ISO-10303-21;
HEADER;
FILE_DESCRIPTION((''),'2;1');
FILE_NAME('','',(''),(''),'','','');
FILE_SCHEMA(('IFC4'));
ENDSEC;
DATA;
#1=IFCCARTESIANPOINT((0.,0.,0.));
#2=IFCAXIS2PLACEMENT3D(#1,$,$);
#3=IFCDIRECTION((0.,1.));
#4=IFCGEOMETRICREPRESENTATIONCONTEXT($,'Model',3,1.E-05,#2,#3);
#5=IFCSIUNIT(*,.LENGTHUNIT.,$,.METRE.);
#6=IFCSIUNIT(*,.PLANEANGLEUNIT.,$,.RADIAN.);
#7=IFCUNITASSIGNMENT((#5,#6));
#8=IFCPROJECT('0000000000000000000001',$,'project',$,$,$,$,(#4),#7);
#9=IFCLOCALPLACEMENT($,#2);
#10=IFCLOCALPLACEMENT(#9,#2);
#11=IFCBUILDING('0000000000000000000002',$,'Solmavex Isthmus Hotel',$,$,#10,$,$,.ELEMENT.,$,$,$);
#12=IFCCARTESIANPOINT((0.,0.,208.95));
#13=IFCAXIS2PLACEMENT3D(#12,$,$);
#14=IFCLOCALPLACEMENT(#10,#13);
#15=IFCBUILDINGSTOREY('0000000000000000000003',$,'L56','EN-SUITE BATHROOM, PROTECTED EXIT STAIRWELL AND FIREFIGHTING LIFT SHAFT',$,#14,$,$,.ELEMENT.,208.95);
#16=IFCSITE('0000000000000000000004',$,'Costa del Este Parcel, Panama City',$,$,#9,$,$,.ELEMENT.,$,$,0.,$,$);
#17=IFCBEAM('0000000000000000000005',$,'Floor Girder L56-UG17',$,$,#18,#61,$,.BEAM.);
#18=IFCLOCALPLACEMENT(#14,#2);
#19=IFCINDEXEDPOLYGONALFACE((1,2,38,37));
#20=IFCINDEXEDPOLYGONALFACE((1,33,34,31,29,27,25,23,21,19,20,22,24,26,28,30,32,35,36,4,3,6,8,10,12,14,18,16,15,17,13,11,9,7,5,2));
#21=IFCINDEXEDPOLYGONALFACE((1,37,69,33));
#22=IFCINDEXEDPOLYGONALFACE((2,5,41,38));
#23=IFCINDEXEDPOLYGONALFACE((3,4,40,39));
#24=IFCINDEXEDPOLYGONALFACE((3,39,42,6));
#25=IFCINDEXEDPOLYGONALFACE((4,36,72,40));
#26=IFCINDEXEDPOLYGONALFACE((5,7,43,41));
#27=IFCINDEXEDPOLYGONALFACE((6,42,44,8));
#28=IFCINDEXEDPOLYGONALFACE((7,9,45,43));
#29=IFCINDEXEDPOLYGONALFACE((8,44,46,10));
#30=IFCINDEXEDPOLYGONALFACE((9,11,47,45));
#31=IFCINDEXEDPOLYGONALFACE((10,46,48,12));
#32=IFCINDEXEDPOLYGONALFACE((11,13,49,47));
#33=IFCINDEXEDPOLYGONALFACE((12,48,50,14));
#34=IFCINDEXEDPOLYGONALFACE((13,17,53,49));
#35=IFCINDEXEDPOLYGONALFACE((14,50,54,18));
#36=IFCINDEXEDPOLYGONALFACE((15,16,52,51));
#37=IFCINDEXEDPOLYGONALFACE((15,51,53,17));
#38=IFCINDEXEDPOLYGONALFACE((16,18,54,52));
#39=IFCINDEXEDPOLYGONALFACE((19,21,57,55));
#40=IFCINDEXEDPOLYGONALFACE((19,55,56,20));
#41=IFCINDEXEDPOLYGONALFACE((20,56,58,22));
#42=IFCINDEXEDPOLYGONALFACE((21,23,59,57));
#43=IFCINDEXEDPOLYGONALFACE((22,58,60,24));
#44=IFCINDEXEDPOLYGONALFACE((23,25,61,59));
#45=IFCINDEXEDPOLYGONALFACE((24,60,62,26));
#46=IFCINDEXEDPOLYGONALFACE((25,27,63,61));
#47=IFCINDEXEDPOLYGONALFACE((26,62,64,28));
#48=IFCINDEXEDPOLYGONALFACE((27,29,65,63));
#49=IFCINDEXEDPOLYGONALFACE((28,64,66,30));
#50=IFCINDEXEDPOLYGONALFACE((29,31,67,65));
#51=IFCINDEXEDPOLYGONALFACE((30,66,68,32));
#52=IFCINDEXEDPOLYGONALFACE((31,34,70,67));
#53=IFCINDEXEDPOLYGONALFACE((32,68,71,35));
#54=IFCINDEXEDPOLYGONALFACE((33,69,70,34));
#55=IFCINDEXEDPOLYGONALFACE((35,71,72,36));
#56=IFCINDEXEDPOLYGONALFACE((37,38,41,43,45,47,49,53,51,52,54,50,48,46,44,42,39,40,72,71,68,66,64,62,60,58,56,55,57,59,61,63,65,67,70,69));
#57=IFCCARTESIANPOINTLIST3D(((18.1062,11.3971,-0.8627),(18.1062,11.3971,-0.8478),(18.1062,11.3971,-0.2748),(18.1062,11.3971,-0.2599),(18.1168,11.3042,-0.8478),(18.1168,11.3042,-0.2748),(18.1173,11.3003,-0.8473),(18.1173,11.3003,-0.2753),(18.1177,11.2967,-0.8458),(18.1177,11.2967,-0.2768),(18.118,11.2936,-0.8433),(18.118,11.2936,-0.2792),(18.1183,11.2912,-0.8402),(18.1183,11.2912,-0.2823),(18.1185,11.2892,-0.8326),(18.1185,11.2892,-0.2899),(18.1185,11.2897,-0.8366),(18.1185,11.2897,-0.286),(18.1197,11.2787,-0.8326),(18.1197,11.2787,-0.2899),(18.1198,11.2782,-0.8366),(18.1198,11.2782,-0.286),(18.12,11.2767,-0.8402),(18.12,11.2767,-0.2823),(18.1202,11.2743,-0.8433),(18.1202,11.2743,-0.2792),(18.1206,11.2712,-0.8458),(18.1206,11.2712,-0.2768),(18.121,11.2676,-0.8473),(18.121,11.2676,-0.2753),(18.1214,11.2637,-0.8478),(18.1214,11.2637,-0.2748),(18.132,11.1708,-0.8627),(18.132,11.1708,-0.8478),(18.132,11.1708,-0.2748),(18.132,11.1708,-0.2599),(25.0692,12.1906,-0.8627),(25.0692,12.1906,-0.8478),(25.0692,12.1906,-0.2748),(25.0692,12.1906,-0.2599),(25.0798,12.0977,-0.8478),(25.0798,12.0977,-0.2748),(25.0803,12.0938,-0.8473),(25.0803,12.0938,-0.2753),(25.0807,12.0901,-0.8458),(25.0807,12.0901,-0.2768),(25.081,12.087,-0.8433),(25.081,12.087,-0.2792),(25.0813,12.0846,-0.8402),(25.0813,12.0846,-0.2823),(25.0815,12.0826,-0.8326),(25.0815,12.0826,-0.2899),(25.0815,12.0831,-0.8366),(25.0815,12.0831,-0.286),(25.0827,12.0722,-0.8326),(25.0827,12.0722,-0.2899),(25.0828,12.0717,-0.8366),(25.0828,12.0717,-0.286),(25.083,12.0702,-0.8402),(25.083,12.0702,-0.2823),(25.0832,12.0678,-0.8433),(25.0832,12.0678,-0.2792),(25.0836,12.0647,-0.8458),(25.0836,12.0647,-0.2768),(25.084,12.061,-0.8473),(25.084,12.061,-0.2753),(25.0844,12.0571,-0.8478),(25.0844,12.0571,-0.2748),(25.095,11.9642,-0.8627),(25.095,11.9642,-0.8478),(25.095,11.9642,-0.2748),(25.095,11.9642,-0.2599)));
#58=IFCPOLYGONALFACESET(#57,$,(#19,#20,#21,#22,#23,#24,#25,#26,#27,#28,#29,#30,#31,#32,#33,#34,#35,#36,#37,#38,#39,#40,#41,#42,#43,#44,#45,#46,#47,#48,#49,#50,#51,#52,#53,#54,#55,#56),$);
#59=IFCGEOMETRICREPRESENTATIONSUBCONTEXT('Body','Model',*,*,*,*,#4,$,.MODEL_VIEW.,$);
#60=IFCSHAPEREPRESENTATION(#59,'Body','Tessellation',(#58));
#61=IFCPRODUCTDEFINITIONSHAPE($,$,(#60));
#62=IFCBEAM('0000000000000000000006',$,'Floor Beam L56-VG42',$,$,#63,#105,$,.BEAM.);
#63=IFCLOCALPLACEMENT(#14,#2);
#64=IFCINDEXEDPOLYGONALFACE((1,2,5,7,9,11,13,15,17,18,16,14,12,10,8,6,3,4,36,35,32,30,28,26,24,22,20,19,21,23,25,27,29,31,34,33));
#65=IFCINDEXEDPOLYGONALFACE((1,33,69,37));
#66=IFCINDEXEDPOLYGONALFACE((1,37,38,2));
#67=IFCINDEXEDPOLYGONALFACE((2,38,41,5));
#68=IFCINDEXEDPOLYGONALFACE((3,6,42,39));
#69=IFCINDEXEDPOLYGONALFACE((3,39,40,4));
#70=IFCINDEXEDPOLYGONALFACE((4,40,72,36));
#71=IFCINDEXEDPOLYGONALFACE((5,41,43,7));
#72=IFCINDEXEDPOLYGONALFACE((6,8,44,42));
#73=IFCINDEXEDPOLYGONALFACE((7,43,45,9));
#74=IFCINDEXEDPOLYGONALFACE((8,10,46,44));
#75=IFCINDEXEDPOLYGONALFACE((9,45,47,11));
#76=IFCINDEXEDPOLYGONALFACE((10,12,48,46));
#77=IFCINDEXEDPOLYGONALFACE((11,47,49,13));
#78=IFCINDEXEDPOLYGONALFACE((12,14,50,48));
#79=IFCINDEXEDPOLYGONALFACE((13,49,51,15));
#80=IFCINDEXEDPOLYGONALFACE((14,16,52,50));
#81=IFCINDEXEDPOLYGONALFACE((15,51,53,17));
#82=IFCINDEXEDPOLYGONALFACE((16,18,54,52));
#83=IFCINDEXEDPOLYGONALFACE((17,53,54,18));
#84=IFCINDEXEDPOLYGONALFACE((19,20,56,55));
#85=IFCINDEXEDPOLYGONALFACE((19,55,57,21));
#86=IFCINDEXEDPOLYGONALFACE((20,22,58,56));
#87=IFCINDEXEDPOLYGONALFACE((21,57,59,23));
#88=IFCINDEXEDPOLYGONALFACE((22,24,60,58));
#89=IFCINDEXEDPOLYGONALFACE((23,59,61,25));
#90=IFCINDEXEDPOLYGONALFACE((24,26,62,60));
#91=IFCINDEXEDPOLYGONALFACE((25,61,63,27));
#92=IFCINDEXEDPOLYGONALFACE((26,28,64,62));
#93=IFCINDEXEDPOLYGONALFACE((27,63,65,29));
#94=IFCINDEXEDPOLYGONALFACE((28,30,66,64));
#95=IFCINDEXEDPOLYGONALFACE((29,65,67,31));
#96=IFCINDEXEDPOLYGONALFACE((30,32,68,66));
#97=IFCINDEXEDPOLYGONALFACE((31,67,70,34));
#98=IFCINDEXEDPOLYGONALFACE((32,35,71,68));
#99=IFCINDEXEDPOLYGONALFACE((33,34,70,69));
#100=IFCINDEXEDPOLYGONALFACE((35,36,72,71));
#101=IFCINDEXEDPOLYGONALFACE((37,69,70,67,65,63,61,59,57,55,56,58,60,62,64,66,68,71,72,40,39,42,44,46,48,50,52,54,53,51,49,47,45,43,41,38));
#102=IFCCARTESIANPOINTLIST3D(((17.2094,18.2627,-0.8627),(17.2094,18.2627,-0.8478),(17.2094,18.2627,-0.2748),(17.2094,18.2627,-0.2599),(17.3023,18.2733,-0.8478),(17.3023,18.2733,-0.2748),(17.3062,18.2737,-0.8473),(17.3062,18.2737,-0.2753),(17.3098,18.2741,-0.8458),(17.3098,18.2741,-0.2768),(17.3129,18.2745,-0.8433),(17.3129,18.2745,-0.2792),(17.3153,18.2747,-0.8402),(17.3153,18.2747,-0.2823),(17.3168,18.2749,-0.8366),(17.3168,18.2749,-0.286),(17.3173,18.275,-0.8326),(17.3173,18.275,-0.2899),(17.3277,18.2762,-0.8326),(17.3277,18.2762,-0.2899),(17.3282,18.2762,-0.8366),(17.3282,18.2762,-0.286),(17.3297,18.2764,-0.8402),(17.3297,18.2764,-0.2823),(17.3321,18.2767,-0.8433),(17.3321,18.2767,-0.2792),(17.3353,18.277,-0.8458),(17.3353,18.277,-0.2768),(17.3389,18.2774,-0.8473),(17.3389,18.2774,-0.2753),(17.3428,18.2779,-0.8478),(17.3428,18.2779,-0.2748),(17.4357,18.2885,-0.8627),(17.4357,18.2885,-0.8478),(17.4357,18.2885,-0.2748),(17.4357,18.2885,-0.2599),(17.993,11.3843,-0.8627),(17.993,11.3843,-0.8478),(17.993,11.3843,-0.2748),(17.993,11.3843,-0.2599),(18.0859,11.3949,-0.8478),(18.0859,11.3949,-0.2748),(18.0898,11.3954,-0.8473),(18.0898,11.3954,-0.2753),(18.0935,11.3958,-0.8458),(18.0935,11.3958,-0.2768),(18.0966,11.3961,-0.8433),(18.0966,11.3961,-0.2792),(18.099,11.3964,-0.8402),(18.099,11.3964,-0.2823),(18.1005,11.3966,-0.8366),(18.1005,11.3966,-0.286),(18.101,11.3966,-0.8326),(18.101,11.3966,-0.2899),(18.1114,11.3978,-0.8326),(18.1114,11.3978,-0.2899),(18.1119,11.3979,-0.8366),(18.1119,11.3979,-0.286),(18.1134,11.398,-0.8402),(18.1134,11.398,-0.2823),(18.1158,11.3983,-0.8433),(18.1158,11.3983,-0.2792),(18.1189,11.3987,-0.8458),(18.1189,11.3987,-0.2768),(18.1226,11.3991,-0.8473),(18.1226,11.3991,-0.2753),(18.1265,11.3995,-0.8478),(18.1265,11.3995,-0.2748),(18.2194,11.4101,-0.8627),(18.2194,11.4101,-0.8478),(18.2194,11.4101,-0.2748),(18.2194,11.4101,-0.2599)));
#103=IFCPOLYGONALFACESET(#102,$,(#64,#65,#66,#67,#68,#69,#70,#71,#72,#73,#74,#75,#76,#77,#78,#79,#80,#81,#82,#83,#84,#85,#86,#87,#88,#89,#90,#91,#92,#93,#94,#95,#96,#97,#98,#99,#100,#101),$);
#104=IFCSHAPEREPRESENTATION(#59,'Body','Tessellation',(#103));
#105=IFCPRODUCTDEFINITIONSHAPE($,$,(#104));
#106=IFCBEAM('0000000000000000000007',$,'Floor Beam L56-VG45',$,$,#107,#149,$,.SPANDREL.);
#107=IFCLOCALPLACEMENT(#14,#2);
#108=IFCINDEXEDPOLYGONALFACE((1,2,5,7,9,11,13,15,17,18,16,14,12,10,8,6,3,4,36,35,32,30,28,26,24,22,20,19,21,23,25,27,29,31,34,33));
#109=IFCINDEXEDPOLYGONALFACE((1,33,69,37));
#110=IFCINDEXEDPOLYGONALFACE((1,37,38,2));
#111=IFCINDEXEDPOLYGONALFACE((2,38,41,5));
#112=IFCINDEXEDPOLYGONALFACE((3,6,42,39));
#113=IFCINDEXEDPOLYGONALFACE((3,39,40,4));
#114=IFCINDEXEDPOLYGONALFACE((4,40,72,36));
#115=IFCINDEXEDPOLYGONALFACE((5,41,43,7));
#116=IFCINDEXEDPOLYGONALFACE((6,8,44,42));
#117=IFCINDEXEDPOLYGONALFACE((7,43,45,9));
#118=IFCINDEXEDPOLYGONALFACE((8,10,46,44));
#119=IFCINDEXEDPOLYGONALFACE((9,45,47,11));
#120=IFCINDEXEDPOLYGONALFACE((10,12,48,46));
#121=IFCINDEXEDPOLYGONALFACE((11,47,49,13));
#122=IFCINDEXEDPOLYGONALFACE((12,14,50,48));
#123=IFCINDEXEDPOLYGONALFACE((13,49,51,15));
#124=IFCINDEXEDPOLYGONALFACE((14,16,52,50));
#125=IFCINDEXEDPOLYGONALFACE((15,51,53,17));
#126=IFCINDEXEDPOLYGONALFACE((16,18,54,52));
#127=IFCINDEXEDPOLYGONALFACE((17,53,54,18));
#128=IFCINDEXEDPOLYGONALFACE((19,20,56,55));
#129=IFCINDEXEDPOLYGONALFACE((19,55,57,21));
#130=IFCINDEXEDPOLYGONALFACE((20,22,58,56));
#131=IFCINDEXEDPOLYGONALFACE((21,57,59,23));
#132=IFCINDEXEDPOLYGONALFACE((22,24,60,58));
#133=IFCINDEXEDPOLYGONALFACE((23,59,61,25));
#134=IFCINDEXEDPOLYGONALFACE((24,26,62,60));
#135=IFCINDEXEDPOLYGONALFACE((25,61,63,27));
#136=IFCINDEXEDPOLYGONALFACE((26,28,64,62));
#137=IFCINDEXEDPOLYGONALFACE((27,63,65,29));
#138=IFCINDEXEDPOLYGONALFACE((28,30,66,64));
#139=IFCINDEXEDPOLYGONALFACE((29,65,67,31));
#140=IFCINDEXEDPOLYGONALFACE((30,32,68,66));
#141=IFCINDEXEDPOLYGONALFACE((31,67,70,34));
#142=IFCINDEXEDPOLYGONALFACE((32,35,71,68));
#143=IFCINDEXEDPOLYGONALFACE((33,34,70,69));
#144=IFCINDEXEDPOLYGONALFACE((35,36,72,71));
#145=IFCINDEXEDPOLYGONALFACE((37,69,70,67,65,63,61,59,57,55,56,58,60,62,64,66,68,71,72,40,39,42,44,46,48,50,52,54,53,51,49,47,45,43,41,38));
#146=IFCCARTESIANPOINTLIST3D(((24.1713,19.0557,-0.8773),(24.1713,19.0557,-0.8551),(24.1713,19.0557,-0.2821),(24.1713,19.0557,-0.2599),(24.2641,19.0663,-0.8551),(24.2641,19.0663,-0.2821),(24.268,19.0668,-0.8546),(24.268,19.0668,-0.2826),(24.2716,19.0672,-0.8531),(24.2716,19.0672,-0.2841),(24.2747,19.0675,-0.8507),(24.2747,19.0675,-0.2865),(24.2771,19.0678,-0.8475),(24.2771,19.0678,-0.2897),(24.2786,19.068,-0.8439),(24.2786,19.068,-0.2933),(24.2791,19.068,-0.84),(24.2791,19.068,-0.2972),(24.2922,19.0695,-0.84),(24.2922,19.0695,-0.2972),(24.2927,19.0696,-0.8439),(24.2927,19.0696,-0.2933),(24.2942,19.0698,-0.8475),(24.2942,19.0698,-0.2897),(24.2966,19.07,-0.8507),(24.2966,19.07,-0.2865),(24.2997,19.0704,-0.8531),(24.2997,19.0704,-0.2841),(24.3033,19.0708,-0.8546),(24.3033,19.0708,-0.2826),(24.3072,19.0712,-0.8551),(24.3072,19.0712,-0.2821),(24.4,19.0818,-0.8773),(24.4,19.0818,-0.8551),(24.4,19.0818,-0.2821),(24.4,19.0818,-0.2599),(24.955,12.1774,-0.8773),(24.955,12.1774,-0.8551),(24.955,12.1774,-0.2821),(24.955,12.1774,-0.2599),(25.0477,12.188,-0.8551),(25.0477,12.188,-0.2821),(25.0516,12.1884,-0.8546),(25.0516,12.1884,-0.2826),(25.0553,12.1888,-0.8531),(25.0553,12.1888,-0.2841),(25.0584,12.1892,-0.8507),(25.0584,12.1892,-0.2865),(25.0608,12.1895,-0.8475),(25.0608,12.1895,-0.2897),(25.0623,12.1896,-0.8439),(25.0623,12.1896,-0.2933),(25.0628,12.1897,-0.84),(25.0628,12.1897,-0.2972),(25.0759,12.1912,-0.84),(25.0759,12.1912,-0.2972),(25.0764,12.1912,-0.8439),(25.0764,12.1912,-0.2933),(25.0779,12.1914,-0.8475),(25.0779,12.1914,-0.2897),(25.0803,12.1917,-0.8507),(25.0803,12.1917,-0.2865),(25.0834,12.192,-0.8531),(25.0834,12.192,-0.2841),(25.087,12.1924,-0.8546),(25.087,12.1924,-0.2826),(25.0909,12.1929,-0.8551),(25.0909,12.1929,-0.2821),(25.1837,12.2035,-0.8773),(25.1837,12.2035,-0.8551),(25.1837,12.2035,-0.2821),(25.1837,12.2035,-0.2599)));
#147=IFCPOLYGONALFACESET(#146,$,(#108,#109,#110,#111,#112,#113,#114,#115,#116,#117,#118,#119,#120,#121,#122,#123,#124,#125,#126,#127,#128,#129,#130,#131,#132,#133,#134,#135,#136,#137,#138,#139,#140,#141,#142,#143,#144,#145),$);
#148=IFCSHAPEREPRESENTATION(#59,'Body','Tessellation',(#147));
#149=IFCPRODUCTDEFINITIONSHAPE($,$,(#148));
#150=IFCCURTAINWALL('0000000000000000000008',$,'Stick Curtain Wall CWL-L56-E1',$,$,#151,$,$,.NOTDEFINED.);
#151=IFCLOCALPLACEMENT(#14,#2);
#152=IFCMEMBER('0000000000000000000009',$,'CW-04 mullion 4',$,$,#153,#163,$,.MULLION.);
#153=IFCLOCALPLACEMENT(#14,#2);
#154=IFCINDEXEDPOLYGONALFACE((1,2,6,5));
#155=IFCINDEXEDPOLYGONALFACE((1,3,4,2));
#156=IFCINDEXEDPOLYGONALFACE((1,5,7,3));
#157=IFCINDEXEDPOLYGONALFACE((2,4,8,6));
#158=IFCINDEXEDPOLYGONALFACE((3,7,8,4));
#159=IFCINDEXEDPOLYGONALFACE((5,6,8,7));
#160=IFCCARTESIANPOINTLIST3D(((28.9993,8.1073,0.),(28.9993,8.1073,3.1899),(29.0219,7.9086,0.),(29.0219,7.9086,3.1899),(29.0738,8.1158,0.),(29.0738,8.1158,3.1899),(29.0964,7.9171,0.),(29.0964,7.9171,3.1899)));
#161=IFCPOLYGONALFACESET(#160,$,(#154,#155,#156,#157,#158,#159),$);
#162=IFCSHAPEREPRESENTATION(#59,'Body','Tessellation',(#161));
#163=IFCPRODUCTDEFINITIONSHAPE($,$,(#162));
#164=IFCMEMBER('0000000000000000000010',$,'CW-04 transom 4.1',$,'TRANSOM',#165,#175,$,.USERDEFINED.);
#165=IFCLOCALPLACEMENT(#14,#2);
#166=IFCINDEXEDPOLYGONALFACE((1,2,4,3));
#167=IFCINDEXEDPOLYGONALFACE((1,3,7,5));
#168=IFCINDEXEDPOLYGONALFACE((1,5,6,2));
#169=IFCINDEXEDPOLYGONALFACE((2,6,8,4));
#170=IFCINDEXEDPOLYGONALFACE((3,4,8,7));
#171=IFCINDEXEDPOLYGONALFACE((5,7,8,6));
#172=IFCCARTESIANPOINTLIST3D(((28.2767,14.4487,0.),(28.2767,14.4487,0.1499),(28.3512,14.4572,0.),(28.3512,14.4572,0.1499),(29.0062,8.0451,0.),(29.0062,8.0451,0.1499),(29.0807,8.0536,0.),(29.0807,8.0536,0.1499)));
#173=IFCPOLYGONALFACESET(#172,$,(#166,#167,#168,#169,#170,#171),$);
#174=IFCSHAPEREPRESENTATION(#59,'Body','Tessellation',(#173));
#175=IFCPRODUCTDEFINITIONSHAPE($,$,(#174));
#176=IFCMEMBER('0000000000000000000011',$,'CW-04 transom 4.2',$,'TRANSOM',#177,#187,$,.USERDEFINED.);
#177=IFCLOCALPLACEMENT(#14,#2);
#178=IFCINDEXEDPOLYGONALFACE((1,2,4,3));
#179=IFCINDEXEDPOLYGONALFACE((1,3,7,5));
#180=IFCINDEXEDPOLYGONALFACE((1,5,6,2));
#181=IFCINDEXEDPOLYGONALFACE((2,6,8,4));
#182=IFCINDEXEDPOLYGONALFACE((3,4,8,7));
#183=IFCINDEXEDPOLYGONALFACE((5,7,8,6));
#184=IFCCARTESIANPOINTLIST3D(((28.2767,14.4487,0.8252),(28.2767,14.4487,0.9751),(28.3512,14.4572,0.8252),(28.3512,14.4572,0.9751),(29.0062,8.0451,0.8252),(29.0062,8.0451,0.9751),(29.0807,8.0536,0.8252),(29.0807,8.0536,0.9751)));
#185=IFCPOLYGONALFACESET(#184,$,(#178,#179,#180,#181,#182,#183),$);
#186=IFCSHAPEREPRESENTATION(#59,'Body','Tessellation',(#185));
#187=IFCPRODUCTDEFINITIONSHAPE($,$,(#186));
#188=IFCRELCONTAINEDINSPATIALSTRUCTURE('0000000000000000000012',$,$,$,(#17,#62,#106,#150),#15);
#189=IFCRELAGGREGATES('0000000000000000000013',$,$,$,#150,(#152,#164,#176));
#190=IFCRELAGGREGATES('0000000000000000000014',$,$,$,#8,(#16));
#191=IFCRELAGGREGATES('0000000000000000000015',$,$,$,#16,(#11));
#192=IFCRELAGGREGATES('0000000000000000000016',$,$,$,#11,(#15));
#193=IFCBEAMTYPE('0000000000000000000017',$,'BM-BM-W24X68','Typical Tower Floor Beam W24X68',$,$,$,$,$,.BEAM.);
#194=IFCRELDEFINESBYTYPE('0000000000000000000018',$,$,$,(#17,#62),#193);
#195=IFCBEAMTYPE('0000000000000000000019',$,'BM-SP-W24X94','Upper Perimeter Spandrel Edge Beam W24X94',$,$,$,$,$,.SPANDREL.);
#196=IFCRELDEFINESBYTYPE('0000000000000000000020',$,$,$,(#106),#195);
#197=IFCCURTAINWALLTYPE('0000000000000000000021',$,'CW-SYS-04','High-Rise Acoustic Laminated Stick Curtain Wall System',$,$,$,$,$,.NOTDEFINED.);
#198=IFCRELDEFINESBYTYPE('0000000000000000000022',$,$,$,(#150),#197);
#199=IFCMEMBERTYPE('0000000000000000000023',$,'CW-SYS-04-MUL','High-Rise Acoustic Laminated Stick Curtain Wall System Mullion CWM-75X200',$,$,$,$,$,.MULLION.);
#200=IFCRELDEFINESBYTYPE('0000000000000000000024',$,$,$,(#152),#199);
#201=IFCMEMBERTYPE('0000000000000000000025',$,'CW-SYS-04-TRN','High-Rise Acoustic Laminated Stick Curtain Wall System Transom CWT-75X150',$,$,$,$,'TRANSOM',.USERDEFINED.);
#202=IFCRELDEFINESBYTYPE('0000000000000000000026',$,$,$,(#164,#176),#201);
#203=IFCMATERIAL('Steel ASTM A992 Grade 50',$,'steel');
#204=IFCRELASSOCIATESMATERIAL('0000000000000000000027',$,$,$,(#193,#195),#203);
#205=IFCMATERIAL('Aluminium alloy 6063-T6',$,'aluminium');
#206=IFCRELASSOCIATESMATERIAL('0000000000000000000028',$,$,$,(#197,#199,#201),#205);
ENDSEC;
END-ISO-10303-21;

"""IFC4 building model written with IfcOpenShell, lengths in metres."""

from ifc_helpers import new_model, si_unit, direction, frame, origin, origin_2d, place, context, subcontext, project, spatial, rectangle, i_section, extrude, material, material_profile, profile_set, type_object, element, aggregate, save


model = new_model("IFC4")

# Units and contexts
model_context = context("Model", 3, precision=1e-05, world=origin(), true_north=direction((0.0, 1.0)))
body_context = subcontext(model_context, "Body", "Model", "MODEL_VIEW")
ifc_project = project(units=[si_unit("LENGTHUNIT", "METRE"), si_unit("PLANEANGLEUNIT", "RADIAN")], contexts=[model_context])

# Site, building, storey
site_placement = place(None, origin())
site = spatial("IfcSite", under=ifc_project, at=site_placement, Name="Costa del Este Parcel, Panama City", CompositionType="ELEMENT", RefElevation=0.0)
building_placement = place(site_placement, origin())
building = spatial("IfcBuilding", under=site, at=building_placement, Name="Solmavex Isthmus Hotel", CompositionType="ELEMENT")
storey_placement = place(building_placement, frame((0.0, 0.0, 208.95)))
storey = spatial("IfcBuildingStorey", under=building, at=storey_placement, Name="L56", Description="EN-SUITE BATHROOM, PROTECTED EXIT STAIRWELL AND FIREFIGHTING LIFT SHAFT", CompositionType="ELEMENT", Elevation=208.95)

# Beams
ifc_material_1 = material(Name="Steel ASTM A992 Grade 50", Category="steel")
ifc_material_profile_1 = material_profile(ifc_material_1, i_section(OverallWidth=0.2278, OverallDepth=0.6028, WebThickness=0.0105, FlangeThickness=0.0149, FilletRadius=0.0151, at=origin_2d()), Name="W24X68")
ifc_profile_set_1 = profile_set([ifc_material_profile_1], Name="Steel ASTM A992 Grade 50")
beam_type_1 = type_object("IfcBeamType", Name="BM-BM-W24X68", Description="Typical Tower Floor Beam W24X68", PredefinedType="BEAM", material=ifc_profile_set_1)
beam_1_placement = place(storey_placement, frame((18.1191, 11.2839, -0.5613), z_axis=(0.99357, 0.113222, 0.0), x_axis=(-0.113222, 0.99357, 0.0)))
element("IfcBeam", 1, at=beam_1_placement, inside=storey, type_object=beam_type_1, Name="Floor Girder L56-UG17", PredefinedType="BEAM", context=body_context, shape_type="SweptSolid", body=[
    extrude(i_section(OverallWidth=0.2278, OverallDepth=0.6028, WebThickness=0.0105, FlangeThickness=0.0149, FilletRadius=0.0151, at=origin_2d()), origin(), (0.0, 0.0, 1.0), 7.0081),
])
beam_2_placement = place(storey_placement, frame((18.1062, 11.3972, -0.5613), z_axis=(-0.113202, 0.993572, 0.0), x_axis=(-0.993572, -0.113202, 0.0)))
element("IfcBeam", 2, at=beam_2_placement, inside=storey, type_object=beam_type_1, Name="Floor Beam L56-VG42", PredefinedType="BEAM", context=body_context, shape_type="SweptSolid", body=[
    extrude(i_section(OverallWidth=0.2278, OverallDepth=0.6028, WebThickness=0.0105, FlangeThickness=0.0149, FilletRadius=0.0151, at=origin_2d()), origin(), (0.0, 0.0, 1.0), 6.9229),
])
ifc_material_profile_2 = material_profile(ifc_material_1, i_section(OverallWidth=0.2302, OverallDepth=0.6174, WebThickness=0.0132, FlangeThickness=0.0222, FilletRadius=0.0151, at=origin_2d()), Name="W24X94")
ifc_profile_set_2 = profile_set([ifc_material_profile_2], Name="Steel ASTM A992 Grade 50")
beam_type_2 = type_object("IfcBeamType", Name="BM-SP-W24X94", Description="Upper Perimeter Spandrel Edge Beam W24X94", PredefinedType="SPANDREL", material=ifc_profile_set_2)
beam_3_placement = place(storey_placement, frame((25.0693, 12.1904, -0.5686), z_axis=(-0.113202, 0.993572, 0.0), x_axis=(-0.993572, -0.113202, 0.0)))
element("IfcBeam", 3, at=beam_3_placement, inside=storey, type_object=beam_type_2, Name="Floor Beam L56-VG45", PredefinedType="SPANDREL", context=body_context, shape_type="SweptSolid", body=[
    extrude(i_section(OverallWidth=0.2302, OverallDepth=0.6174, WebThickness=0.0132, FlangeThickness=0.0222, FilletRadius=0.0151, at=origin_2d()), origin(), (0.0, 0.0, 1.0), 6.9229),
])

# Curtain wall, members
ifc_material_2 = material(Name="Aluminium alloy 6063-T6", Category="aluminium")
curtain_wall_type = type_object("IfcCurtainWallType", Name="CW-SYS-04", Description="High-Rise Acoustic Laminated Stick Curtain Wall System", PredefinedType="NOTDEFINED", material=ifc_material_2)
curtain_wall_placement = place(storey_placement, origin())
curtain_wall = element("IfcCurtainWall", 4, at=curtain_wall_placement, inside=storey, type_object=curtain_wall_type, Name="Stick Curtain Wall CWL-L56-E1", PredefinedType="NOTDEFINED")
ifc_material_profile_3 = material_profile(ifc_material_2, rectangle(XDim=0.075, YDim=0.2, at=origin_2d()), Name="CWM-75X200")
ifc_profile_set_3 = profile_set([ifc_material_profile_3], Name="Aluminium alloy 6063-T6")
member_type_1 = type_object("IfcMemberType", Name="CW-SYS-04-MUL", Description="High-Rise Acoustic Laminated Stick Curtain Wall System Mullion CWM-75X200", PredefinedType="MULLION", material=ifc_profile_set_3)
member_1_placement = place(storey_placement, frame((29.0479, 8.0122, 0.0), z_axis=(0.0, 0.0, 1.0), x_axis=(-0.993572, -0.113203, 0.0)))
member_1 = element("IfcMember", 5, at=member_1_placement, type_object=member_type_1, Name="CW-04 mullion 4", PredefinedType="MULLION", context=body_context, shape_type="SweptSolid", body=[
    extrude(rectangle(XDim=0.075, YDim=0.2, at=origin_2d()), origin(), (0.0, 0.0, 1.0), 3.1899),
])
ifc_material_profile_4 = material_profile(ifc_material_2, rectangle(XDim=0.075, YDim=0.1499, at=origin_2d()), Name="CWT-75X150")
ifc_profile_set_4 = profile_set([ifc_material_profile_4], Name="Aluminium alloy 6063-T6")
member_type_2 = type_object("IfcMemberType", Name="CW-SYS-04-TRN", Description="High-Rise Acoustic Laminated Stick Curtain Wall System Transom CWT-75X150", ElementType="TRANSOM", PredefinedType="USERDEFINED", material=ifc_profile_set_4)
member_2_placement = place(storey_placement, frame((29.0435, 8.0493, 0.075), z_axis=(-0.113188, 0.993574, 0.0), x_axis=(-0.993574, -0.113188, 0.0)))
member_2 = element("IfcMember", 6, at=member_2_placement, type_object=member_type_2, Name="CW-04 transom 4.1", ObjectType="TRANSOM", PredefinedType="USERDEFINED", context=body_context, shape_type="SweptSolid", body=[
    extrude(rectangle(XDim=0.075, YDim=0.1499, at=origin_2d()), origin(), (0.0, 0.0, 1.0), 6.4451),
])
member_3_placement = place(storey_placement, frame((29.0435, 8.0493, 0.9001), z_axis=(-0.113188, 0.993574, 0.0), x_axis=(-0.993574, -0.113188, 0.0)))
member_3 = element("IfcMember", 7, at=member_3_placement, type_object=member_type_2, Name="CW-04 transom 4.2", ObjectType="TRANSOM", PredefinedType="USERDEFINED", context=body_context, shape_type="SweptSolid", body=[
    extrude(rectangle(XDim=0.075, YDim=0.1499, at=origin_2d()), origin(), (0.0, 0.0, 1.0), 6.4451),
])
aggregate(curtain_wall, [member_1, member_2, member_3])

save(model, "model.ifc")
